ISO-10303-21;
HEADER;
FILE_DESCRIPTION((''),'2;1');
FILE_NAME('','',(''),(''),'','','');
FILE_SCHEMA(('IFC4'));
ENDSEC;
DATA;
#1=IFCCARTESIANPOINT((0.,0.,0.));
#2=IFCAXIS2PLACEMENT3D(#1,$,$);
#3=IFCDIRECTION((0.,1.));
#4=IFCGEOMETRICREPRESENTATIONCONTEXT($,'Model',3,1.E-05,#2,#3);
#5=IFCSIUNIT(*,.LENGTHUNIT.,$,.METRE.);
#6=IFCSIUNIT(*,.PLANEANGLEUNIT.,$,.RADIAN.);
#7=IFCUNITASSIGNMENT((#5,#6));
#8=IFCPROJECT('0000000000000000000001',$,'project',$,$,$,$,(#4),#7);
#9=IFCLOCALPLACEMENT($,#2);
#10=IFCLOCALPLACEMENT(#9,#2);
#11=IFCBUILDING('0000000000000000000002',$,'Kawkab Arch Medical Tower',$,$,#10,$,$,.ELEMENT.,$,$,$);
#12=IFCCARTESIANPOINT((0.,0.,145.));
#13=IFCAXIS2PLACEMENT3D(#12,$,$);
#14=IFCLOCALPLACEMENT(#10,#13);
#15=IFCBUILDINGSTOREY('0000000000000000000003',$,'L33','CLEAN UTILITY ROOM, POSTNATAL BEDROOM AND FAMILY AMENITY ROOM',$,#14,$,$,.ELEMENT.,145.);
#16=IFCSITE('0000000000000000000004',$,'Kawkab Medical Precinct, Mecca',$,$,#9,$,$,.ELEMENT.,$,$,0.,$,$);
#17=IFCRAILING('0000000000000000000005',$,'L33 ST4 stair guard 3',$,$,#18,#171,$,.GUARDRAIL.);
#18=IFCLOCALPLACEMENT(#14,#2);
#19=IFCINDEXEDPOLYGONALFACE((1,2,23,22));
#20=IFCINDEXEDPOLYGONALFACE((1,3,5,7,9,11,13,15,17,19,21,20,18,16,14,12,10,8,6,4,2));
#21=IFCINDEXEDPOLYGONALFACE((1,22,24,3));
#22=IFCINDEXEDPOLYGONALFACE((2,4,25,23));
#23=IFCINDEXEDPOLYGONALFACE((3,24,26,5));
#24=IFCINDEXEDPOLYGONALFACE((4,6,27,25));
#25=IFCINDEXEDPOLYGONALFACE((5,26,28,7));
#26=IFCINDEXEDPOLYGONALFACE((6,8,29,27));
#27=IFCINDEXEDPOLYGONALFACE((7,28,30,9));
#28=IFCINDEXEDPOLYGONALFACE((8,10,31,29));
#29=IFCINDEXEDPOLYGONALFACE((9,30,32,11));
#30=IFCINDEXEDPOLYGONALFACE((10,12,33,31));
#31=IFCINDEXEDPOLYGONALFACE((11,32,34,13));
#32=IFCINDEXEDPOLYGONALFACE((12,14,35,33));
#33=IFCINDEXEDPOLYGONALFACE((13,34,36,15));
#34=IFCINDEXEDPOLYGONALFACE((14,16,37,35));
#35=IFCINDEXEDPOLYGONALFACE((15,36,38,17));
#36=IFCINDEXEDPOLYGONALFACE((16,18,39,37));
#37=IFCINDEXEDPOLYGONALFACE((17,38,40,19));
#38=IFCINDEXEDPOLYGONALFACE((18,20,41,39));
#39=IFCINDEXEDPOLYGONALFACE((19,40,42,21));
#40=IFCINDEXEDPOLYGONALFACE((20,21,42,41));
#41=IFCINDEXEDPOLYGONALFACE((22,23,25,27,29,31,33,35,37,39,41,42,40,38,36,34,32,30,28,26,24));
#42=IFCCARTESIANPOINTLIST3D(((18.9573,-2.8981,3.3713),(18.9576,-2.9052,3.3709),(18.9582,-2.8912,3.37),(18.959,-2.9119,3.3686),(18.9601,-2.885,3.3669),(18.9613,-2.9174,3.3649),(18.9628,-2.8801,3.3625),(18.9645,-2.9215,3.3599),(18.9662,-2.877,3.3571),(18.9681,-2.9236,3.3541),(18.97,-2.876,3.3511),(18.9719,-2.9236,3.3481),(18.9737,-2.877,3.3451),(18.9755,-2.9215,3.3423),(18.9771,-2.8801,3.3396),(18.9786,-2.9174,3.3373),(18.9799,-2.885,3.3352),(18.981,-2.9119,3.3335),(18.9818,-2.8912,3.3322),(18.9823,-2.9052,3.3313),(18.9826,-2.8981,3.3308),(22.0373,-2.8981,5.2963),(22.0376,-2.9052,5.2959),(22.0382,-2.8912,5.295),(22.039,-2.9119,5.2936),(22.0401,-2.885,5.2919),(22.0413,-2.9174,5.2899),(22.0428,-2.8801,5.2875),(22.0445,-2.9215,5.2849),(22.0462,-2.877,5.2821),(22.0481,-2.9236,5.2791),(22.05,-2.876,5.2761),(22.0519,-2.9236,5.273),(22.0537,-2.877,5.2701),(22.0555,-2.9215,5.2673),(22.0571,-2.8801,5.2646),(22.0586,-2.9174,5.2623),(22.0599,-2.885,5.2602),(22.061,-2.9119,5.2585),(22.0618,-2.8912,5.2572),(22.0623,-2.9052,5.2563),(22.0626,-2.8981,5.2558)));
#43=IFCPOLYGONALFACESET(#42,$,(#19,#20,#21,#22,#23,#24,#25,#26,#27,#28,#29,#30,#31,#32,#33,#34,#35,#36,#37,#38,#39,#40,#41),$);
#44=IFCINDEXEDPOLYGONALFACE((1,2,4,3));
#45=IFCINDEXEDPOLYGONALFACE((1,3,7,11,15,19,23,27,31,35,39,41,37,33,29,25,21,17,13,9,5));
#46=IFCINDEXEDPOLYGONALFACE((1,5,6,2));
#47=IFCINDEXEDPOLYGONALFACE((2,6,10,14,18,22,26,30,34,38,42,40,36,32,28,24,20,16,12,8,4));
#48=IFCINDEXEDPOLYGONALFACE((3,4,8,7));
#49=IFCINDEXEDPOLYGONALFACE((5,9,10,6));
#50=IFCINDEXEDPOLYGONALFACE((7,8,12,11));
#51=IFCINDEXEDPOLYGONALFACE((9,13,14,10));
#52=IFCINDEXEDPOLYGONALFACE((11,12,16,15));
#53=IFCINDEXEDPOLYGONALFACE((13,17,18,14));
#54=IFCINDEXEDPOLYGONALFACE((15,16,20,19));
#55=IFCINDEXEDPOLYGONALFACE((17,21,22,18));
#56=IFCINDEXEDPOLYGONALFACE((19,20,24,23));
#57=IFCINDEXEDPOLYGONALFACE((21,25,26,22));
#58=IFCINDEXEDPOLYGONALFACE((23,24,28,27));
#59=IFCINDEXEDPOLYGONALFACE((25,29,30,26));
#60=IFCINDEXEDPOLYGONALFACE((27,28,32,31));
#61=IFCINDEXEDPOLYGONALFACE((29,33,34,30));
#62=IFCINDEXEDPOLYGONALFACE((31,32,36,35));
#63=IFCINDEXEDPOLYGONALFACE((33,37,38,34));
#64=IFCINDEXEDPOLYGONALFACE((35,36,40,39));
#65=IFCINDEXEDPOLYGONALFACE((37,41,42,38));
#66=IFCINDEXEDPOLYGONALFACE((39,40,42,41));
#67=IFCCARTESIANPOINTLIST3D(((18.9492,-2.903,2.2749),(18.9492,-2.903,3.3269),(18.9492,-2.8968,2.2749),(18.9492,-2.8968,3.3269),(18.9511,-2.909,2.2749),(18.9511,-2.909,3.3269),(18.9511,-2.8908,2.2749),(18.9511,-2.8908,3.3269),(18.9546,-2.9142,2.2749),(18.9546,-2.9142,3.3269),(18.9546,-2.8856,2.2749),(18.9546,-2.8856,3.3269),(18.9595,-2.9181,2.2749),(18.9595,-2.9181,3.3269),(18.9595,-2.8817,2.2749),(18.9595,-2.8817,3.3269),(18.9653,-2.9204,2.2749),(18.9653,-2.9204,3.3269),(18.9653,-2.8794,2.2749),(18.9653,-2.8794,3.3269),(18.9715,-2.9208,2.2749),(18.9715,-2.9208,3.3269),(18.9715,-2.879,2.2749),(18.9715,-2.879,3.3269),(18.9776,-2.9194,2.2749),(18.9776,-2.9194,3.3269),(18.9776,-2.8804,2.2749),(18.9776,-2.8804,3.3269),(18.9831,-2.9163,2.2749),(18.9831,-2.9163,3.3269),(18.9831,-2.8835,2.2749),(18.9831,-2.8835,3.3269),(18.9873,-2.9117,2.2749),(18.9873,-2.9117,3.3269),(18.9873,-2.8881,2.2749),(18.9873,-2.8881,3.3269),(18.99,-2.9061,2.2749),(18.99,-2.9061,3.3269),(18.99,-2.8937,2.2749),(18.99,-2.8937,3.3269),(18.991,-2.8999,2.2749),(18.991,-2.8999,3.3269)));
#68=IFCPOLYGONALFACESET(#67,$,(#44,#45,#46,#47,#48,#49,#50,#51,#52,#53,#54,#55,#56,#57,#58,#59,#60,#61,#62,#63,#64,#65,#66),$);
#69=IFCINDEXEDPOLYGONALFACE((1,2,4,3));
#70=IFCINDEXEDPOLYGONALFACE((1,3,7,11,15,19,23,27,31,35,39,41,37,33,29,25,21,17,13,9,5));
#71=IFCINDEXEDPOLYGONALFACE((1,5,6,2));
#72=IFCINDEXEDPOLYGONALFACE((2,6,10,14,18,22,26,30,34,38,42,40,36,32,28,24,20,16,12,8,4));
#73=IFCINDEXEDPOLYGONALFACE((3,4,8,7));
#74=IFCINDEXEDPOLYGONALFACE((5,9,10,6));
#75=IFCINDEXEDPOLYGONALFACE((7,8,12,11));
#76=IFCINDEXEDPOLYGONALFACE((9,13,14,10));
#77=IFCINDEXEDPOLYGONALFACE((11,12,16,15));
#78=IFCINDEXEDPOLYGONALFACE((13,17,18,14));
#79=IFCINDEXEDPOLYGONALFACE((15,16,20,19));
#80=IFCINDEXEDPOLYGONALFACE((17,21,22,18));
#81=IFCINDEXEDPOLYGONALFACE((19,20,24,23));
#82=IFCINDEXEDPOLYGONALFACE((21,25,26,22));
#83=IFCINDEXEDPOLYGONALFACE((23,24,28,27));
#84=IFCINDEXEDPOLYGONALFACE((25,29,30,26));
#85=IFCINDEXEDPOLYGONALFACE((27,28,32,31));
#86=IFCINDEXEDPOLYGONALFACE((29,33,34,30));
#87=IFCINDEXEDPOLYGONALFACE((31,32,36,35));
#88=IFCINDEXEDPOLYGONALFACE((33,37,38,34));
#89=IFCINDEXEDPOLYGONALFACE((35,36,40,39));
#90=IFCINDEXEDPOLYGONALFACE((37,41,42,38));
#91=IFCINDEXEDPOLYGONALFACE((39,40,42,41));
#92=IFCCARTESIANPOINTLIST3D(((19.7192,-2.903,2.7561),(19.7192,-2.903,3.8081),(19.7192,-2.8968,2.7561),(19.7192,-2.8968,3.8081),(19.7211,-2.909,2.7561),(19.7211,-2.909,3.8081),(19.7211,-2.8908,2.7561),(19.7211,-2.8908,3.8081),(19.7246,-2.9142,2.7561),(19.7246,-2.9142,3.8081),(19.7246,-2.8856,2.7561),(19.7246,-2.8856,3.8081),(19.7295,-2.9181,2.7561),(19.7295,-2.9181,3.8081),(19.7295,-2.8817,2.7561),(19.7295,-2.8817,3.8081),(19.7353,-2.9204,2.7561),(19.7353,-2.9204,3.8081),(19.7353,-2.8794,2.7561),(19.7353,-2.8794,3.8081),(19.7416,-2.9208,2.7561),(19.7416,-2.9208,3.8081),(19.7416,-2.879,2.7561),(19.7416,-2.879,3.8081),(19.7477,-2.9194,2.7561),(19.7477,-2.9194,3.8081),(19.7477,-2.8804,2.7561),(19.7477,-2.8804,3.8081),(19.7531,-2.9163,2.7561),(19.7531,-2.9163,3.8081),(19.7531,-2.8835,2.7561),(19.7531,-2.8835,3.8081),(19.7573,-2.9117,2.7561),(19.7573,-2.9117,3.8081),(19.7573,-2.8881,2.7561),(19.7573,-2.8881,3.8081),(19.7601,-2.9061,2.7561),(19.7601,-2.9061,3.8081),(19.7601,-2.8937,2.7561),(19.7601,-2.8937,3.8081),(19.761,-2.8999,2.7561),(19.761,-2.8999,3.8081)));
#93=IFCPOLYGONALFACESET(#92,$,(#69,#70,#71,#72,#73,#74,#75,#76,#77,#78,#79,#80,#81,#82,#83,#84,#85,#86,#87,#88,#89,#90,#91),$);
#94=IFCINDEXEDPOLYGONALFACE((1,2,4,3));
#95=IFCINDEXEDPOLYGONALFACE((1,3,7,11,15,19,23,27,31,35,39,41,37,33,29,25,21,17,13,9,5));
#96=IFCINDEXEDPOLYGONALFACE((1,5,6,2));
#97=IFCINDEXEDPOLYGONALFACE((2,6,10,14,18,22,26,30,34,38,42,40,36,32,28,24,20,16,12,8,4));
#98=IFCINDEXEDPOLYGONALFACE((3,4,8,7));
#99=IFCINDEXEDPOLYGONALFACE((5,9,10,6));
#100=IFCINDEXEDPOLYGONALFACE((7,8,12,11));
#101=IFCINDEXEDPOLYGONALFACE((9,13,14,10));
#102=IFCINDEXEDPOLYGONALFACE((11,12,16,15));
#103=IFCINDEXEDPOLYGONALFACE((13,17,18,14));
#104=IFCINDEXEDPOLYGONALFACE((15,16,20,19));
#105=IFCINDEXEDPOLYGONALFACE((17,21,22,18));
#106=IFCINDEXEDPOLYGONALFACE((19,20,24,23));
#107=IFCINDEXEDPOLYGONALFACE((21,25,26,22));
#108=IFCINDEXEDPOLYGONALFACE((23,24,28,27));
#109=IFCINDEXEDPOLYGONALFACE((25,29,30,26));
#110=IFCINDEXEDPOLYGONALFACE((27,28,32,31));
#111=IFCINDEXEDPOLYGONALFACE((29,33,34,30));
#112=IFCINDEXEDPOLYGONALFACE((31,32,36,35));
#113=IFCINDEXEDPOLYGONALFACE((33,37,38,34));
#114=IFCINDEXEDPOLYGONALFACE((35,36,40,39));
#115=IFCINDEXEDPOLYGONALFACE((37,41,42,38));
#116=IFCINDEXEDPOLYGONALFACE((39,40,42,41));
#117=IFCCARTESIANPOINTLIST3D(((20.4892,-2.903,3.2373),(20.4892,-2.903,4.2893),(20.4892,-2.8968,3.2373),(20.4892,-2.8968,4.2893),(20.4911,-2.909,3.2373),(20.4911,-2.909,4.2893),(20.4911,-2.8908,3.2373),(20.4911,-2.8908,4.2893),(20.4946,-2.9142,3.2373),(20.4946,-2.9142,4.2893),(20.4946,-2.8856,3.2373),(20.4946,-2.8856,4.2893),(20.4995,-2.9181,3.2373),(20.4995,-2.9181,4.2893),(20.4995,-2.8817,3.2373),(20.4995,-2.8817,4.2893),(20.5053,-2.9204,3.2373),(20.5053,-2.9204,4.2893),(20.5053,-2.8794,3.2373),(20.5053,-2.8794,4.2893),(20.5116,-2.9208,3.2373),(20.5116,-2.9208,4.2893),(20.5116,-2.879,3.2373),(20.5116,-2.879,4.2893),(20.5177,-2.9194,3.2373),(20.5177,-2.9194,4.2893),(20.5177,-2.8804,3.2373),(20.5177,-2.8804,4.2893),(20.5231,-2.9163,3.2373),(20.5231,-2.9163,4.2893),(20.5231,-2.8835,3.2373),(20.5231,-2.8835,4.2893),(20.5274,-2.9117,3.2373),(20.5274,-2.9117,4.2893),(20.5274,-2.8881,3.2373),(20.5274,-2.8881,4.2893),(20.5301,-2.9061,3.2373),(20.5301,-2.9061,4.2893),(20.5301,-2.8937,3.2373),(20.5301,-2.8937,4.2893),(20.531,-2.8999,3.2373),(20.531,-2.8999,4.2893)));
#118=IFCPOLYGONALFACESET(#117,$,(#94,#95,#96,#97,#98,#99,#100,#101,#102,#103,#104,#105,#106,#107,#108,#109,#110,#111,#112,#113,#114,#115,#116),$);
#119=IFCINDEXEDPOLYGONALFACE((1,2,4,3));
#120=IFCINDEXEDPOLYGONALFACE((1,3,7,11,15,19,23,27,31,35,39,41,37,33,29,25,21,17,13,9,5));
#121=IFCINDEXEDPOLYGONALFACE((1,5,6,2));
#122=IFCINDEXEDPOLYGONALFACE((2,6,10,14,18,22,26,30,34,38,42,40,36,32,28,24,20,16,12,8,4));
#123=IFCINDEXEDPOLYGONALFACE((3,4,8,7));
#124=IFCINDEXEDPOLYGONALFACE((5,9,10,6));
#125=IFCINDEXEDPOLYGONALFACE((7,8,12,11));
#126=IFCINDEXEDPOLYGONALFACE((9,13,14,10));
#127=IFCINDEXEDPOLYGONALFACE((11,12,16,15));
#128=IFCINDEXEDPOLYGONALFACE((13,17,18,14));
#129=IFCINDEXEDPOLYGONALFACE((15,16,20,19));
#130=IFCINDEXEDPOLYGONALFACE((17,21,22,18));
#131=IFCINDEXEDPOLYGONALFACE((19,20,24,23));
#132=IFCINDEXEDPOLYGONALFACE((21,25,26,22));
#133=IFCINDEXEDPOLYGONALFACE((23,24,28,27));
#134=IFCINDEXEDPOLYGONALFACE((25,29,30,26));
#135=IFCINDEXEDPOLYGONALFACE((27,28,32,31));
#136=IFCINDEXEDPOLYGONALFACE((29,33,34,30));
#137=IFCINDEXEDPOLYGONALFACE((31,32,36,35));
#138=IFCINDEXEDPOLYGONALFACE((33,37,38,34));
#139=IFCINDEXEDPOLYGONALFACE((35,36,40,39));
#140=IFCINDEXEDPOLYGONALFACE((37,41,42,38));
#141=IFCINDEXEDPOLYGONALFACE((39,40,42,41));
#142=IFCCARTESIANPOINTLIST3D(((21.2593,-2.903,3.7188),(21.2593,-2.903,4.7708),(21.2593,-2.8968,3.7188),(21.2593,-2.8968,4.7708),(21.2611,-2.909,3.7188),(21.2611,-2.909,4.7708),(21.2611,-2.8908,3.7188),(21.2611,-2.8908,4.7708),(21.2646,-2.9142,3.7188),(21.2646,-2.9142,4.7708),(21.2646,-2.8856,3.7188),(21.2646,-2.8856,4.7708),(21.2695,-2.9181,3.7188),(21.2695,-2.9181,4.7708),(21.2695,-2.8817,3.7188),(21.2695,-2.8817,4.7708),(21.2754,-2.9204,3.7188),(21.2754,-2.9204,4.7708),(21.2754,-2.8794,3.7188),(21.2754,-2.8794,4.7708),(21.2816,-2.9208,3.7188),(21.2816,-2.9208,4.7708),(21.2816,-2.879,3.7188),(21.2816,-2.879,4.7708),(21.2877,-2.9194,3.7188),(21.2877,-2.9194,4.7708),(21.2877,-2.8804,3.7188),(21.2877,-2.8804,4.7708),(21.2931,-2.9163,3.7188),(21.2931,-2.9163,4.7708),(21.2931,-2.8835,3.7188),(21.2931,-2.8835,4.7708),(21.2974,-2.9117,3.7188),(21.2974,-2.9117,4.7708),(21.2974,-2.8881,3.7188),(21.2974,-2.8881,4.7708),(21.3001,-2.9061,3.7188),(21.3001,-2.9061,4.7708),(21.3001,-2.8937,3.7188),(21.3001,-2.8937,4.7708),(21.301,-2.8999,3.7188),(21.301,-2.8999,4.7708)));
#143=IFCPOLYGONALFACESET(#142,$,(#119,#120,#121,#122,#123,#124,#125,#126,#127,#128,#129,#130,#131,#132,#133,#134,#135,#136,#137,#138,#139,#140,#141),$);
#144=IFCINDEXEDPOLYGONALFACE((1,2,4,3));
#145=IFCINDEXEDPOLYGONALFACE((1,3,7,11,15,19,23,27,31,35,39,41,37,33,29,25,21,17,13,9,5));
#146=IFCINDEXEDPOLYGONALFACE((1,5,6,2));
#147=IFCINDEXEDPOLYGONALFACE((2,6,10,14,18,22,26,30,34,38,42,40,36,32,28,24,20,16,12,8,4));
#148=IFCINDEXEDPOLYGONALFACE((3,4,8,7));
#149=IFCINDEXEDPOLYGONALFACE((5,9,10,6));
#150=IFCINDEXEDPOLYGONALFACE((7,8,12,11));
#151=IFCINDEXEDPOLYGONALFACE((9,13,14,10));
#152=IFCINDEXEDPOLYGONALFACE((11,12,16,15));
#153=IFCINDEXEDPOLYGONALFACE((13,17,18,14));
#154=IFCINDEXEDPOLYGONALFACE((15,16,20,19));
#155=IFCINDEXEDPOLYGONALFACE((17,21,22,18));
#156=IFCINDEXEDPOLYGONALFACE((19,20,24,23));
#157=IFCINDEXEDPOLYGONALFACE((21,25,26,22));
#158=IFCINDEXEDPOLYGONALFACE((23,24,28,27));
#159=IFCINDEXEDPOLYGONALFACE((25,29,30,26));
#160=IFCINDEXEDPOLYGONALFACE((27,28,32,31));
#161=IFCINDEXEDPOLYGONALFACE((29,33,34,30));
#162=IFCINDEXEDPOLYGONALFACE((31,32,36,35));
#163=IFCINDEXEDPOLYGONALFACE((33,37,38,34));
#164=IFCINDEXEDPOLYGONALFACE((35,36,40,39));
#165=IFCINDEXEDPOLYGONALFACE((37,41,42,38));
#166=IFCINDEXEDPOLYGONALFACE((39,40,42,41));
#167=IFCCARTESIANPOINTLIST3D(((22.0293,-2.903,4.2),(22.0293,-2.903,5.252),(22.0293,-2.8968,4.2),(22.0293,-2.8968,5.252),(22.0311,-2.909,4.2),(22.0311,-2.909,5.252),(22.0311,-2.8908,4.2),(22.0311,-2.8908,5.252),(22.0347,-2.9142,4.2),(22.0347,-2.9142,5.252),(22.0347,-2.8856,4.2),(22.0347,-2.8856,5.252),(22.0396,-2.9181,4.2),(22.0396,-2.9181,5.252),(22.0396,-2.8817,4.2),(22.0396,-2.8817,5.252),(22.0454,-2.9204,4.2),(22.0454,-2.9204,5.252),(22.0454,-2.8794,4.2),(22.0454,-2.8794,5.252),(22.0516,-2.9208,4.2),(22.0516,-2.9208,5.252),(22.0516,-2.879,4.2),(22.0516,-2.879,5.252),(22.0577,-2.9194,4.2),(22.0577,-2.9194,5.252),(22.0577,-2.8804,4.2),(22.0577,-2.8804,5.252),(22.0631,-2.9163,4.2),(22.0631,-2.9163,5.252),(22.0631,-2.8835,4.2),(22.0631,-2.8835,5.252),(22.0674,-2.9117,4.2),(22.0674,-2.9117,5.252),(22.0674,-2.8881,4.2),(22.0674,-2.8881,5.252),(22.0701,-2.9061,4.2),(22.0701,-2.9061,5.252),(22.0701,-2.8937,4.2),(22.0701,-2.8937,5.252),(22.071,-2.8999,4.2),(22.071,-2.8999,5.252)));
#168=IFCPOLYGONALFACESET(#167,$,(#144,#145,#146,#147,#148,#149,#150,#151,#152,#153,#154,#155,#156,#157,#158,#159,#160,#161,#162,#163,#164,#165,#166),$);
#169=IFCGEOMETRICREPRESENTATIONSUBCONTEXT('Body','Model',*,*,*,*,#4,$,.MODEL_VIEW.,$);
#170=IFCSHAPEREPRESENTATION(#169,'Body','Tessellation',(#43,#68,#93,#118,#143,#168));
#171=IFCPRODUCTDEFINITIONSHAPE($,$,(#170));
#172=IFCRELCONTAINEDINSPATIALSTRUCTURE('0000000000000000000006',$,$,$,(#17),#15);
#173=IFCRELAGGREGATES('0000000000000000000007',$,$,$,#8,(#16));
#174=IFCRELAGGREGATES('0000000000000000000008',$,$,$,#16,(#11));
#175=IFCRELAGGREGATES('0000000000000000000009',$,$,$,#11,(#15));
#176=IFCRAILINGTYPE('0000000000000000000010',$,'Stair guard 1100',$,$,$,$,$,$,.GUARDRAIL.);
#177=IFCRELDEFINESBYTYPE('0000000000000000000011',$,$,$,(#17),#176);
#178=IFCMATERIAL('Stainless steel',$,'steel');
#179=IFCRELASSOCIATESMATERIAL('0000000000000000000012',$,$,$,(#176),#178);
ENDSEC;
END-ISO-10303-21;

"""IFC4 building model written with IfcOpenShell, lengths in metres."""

from ifc_helpers import new_model, si_unit, direction, frame, origin, origin_2d, place, context, subcontext, project, spatial, circle, extrude, material, type_object, element, save


model = new_model("IFC4")

# Units and contexts
model_context = context("Model", 3, precision=1e-05, world=origin(), true_north=direction((0.0, 1.0)))
body_context = subcontext(model_context, "Body", "Model", "MODEL_VIEW")
ifc_project = project(units=[si_unit("LENGTHUNIT", "METRE"), si_unit("PLANEANGLEUNIT", "RADIAN")], contexts=[model_context])

# Site, building, storey
site_placement = place(None, origin())
site = spatial("IfcSite", under=ifc_project, at=site_placement, Name="Kawkab Medical Precinct, Mecca", CompositionType="ELEMENT", RefElevation=0.0)
building_placement = place(site_placement, origin())
building = spatial("IfcBuilding", under=site, at=building_placement, Name="Kawkab Arch Medical Tower", CompositionType="ELEMENT")
storey_placement = place(building_placement, frame((0.0, 0.0, 145.0)))
storey = spatial("IfcBuildingStorey", under=building, at=storey_placement, Name="L33", Description="CLEAN UTILITY ROOM, POSTNATAL BEDROOM AND FAMILY AMENITY ROOM", CompositionType="ELEMENT", Elevation=145.0)

# Railing
ifc_material_1 = material(Name="Stainless steel", Category="steel")
railing_type_1 = type_object("IfcRailingType", Name="Stair guard 1100", PredefinedType="GUARDRAIL", material=ifc_material_1)
railing_1_placement = place(storey_placement, frame((18.97, -2.8999, 2.2749)))
element("IfcRailing", 1, at=railing_1_placement, inside=storey, type_object=railing_type_1, Name="L33 ST4 stair guard 3", PredefinedType="GUARDRAIL", context=body_context, shape_type="SweptSolid", body=[
    extrude(circle(Radius=0.0239, at=origin_2d()), frame((0.0, 0.0, 1.0762), z_axis=(0.847998, 0.0, 0.529999), x_axis=(0.0, 1.0, 0.0)), (0.0, 0.0, 1.0), 3.6321),
    extrude(circle(Radius=0.021, at=origin_2d()), origin(), (0.0, 0.0, 1.0), 1.052),
    extrude(circle(Radius=0.021, at=origin_2d()), frame((0.77, 0.0, 0.4812)), (0.0, 0.0, 1.0), 1.052),
    extrude(circle(Radius=0.021, at=origin_2d()), frame((1.54, 0.0, 0.9624)), (0.0, 0.0, 1.0), 1.052),
    extrude(circle(Radius=0.021, at=origin_2d()), frame((2.3101, 0.0, 1.4438)), (0.0, 0.0, 1.0), 1.052),
    extrude(circle(Radius=0.021, at=origin_2d()), frame((3.0801, 0.0, 1.925)), (0.0, 0.0, 1.0), 1.052),
])

save(model, "model.ifc")
